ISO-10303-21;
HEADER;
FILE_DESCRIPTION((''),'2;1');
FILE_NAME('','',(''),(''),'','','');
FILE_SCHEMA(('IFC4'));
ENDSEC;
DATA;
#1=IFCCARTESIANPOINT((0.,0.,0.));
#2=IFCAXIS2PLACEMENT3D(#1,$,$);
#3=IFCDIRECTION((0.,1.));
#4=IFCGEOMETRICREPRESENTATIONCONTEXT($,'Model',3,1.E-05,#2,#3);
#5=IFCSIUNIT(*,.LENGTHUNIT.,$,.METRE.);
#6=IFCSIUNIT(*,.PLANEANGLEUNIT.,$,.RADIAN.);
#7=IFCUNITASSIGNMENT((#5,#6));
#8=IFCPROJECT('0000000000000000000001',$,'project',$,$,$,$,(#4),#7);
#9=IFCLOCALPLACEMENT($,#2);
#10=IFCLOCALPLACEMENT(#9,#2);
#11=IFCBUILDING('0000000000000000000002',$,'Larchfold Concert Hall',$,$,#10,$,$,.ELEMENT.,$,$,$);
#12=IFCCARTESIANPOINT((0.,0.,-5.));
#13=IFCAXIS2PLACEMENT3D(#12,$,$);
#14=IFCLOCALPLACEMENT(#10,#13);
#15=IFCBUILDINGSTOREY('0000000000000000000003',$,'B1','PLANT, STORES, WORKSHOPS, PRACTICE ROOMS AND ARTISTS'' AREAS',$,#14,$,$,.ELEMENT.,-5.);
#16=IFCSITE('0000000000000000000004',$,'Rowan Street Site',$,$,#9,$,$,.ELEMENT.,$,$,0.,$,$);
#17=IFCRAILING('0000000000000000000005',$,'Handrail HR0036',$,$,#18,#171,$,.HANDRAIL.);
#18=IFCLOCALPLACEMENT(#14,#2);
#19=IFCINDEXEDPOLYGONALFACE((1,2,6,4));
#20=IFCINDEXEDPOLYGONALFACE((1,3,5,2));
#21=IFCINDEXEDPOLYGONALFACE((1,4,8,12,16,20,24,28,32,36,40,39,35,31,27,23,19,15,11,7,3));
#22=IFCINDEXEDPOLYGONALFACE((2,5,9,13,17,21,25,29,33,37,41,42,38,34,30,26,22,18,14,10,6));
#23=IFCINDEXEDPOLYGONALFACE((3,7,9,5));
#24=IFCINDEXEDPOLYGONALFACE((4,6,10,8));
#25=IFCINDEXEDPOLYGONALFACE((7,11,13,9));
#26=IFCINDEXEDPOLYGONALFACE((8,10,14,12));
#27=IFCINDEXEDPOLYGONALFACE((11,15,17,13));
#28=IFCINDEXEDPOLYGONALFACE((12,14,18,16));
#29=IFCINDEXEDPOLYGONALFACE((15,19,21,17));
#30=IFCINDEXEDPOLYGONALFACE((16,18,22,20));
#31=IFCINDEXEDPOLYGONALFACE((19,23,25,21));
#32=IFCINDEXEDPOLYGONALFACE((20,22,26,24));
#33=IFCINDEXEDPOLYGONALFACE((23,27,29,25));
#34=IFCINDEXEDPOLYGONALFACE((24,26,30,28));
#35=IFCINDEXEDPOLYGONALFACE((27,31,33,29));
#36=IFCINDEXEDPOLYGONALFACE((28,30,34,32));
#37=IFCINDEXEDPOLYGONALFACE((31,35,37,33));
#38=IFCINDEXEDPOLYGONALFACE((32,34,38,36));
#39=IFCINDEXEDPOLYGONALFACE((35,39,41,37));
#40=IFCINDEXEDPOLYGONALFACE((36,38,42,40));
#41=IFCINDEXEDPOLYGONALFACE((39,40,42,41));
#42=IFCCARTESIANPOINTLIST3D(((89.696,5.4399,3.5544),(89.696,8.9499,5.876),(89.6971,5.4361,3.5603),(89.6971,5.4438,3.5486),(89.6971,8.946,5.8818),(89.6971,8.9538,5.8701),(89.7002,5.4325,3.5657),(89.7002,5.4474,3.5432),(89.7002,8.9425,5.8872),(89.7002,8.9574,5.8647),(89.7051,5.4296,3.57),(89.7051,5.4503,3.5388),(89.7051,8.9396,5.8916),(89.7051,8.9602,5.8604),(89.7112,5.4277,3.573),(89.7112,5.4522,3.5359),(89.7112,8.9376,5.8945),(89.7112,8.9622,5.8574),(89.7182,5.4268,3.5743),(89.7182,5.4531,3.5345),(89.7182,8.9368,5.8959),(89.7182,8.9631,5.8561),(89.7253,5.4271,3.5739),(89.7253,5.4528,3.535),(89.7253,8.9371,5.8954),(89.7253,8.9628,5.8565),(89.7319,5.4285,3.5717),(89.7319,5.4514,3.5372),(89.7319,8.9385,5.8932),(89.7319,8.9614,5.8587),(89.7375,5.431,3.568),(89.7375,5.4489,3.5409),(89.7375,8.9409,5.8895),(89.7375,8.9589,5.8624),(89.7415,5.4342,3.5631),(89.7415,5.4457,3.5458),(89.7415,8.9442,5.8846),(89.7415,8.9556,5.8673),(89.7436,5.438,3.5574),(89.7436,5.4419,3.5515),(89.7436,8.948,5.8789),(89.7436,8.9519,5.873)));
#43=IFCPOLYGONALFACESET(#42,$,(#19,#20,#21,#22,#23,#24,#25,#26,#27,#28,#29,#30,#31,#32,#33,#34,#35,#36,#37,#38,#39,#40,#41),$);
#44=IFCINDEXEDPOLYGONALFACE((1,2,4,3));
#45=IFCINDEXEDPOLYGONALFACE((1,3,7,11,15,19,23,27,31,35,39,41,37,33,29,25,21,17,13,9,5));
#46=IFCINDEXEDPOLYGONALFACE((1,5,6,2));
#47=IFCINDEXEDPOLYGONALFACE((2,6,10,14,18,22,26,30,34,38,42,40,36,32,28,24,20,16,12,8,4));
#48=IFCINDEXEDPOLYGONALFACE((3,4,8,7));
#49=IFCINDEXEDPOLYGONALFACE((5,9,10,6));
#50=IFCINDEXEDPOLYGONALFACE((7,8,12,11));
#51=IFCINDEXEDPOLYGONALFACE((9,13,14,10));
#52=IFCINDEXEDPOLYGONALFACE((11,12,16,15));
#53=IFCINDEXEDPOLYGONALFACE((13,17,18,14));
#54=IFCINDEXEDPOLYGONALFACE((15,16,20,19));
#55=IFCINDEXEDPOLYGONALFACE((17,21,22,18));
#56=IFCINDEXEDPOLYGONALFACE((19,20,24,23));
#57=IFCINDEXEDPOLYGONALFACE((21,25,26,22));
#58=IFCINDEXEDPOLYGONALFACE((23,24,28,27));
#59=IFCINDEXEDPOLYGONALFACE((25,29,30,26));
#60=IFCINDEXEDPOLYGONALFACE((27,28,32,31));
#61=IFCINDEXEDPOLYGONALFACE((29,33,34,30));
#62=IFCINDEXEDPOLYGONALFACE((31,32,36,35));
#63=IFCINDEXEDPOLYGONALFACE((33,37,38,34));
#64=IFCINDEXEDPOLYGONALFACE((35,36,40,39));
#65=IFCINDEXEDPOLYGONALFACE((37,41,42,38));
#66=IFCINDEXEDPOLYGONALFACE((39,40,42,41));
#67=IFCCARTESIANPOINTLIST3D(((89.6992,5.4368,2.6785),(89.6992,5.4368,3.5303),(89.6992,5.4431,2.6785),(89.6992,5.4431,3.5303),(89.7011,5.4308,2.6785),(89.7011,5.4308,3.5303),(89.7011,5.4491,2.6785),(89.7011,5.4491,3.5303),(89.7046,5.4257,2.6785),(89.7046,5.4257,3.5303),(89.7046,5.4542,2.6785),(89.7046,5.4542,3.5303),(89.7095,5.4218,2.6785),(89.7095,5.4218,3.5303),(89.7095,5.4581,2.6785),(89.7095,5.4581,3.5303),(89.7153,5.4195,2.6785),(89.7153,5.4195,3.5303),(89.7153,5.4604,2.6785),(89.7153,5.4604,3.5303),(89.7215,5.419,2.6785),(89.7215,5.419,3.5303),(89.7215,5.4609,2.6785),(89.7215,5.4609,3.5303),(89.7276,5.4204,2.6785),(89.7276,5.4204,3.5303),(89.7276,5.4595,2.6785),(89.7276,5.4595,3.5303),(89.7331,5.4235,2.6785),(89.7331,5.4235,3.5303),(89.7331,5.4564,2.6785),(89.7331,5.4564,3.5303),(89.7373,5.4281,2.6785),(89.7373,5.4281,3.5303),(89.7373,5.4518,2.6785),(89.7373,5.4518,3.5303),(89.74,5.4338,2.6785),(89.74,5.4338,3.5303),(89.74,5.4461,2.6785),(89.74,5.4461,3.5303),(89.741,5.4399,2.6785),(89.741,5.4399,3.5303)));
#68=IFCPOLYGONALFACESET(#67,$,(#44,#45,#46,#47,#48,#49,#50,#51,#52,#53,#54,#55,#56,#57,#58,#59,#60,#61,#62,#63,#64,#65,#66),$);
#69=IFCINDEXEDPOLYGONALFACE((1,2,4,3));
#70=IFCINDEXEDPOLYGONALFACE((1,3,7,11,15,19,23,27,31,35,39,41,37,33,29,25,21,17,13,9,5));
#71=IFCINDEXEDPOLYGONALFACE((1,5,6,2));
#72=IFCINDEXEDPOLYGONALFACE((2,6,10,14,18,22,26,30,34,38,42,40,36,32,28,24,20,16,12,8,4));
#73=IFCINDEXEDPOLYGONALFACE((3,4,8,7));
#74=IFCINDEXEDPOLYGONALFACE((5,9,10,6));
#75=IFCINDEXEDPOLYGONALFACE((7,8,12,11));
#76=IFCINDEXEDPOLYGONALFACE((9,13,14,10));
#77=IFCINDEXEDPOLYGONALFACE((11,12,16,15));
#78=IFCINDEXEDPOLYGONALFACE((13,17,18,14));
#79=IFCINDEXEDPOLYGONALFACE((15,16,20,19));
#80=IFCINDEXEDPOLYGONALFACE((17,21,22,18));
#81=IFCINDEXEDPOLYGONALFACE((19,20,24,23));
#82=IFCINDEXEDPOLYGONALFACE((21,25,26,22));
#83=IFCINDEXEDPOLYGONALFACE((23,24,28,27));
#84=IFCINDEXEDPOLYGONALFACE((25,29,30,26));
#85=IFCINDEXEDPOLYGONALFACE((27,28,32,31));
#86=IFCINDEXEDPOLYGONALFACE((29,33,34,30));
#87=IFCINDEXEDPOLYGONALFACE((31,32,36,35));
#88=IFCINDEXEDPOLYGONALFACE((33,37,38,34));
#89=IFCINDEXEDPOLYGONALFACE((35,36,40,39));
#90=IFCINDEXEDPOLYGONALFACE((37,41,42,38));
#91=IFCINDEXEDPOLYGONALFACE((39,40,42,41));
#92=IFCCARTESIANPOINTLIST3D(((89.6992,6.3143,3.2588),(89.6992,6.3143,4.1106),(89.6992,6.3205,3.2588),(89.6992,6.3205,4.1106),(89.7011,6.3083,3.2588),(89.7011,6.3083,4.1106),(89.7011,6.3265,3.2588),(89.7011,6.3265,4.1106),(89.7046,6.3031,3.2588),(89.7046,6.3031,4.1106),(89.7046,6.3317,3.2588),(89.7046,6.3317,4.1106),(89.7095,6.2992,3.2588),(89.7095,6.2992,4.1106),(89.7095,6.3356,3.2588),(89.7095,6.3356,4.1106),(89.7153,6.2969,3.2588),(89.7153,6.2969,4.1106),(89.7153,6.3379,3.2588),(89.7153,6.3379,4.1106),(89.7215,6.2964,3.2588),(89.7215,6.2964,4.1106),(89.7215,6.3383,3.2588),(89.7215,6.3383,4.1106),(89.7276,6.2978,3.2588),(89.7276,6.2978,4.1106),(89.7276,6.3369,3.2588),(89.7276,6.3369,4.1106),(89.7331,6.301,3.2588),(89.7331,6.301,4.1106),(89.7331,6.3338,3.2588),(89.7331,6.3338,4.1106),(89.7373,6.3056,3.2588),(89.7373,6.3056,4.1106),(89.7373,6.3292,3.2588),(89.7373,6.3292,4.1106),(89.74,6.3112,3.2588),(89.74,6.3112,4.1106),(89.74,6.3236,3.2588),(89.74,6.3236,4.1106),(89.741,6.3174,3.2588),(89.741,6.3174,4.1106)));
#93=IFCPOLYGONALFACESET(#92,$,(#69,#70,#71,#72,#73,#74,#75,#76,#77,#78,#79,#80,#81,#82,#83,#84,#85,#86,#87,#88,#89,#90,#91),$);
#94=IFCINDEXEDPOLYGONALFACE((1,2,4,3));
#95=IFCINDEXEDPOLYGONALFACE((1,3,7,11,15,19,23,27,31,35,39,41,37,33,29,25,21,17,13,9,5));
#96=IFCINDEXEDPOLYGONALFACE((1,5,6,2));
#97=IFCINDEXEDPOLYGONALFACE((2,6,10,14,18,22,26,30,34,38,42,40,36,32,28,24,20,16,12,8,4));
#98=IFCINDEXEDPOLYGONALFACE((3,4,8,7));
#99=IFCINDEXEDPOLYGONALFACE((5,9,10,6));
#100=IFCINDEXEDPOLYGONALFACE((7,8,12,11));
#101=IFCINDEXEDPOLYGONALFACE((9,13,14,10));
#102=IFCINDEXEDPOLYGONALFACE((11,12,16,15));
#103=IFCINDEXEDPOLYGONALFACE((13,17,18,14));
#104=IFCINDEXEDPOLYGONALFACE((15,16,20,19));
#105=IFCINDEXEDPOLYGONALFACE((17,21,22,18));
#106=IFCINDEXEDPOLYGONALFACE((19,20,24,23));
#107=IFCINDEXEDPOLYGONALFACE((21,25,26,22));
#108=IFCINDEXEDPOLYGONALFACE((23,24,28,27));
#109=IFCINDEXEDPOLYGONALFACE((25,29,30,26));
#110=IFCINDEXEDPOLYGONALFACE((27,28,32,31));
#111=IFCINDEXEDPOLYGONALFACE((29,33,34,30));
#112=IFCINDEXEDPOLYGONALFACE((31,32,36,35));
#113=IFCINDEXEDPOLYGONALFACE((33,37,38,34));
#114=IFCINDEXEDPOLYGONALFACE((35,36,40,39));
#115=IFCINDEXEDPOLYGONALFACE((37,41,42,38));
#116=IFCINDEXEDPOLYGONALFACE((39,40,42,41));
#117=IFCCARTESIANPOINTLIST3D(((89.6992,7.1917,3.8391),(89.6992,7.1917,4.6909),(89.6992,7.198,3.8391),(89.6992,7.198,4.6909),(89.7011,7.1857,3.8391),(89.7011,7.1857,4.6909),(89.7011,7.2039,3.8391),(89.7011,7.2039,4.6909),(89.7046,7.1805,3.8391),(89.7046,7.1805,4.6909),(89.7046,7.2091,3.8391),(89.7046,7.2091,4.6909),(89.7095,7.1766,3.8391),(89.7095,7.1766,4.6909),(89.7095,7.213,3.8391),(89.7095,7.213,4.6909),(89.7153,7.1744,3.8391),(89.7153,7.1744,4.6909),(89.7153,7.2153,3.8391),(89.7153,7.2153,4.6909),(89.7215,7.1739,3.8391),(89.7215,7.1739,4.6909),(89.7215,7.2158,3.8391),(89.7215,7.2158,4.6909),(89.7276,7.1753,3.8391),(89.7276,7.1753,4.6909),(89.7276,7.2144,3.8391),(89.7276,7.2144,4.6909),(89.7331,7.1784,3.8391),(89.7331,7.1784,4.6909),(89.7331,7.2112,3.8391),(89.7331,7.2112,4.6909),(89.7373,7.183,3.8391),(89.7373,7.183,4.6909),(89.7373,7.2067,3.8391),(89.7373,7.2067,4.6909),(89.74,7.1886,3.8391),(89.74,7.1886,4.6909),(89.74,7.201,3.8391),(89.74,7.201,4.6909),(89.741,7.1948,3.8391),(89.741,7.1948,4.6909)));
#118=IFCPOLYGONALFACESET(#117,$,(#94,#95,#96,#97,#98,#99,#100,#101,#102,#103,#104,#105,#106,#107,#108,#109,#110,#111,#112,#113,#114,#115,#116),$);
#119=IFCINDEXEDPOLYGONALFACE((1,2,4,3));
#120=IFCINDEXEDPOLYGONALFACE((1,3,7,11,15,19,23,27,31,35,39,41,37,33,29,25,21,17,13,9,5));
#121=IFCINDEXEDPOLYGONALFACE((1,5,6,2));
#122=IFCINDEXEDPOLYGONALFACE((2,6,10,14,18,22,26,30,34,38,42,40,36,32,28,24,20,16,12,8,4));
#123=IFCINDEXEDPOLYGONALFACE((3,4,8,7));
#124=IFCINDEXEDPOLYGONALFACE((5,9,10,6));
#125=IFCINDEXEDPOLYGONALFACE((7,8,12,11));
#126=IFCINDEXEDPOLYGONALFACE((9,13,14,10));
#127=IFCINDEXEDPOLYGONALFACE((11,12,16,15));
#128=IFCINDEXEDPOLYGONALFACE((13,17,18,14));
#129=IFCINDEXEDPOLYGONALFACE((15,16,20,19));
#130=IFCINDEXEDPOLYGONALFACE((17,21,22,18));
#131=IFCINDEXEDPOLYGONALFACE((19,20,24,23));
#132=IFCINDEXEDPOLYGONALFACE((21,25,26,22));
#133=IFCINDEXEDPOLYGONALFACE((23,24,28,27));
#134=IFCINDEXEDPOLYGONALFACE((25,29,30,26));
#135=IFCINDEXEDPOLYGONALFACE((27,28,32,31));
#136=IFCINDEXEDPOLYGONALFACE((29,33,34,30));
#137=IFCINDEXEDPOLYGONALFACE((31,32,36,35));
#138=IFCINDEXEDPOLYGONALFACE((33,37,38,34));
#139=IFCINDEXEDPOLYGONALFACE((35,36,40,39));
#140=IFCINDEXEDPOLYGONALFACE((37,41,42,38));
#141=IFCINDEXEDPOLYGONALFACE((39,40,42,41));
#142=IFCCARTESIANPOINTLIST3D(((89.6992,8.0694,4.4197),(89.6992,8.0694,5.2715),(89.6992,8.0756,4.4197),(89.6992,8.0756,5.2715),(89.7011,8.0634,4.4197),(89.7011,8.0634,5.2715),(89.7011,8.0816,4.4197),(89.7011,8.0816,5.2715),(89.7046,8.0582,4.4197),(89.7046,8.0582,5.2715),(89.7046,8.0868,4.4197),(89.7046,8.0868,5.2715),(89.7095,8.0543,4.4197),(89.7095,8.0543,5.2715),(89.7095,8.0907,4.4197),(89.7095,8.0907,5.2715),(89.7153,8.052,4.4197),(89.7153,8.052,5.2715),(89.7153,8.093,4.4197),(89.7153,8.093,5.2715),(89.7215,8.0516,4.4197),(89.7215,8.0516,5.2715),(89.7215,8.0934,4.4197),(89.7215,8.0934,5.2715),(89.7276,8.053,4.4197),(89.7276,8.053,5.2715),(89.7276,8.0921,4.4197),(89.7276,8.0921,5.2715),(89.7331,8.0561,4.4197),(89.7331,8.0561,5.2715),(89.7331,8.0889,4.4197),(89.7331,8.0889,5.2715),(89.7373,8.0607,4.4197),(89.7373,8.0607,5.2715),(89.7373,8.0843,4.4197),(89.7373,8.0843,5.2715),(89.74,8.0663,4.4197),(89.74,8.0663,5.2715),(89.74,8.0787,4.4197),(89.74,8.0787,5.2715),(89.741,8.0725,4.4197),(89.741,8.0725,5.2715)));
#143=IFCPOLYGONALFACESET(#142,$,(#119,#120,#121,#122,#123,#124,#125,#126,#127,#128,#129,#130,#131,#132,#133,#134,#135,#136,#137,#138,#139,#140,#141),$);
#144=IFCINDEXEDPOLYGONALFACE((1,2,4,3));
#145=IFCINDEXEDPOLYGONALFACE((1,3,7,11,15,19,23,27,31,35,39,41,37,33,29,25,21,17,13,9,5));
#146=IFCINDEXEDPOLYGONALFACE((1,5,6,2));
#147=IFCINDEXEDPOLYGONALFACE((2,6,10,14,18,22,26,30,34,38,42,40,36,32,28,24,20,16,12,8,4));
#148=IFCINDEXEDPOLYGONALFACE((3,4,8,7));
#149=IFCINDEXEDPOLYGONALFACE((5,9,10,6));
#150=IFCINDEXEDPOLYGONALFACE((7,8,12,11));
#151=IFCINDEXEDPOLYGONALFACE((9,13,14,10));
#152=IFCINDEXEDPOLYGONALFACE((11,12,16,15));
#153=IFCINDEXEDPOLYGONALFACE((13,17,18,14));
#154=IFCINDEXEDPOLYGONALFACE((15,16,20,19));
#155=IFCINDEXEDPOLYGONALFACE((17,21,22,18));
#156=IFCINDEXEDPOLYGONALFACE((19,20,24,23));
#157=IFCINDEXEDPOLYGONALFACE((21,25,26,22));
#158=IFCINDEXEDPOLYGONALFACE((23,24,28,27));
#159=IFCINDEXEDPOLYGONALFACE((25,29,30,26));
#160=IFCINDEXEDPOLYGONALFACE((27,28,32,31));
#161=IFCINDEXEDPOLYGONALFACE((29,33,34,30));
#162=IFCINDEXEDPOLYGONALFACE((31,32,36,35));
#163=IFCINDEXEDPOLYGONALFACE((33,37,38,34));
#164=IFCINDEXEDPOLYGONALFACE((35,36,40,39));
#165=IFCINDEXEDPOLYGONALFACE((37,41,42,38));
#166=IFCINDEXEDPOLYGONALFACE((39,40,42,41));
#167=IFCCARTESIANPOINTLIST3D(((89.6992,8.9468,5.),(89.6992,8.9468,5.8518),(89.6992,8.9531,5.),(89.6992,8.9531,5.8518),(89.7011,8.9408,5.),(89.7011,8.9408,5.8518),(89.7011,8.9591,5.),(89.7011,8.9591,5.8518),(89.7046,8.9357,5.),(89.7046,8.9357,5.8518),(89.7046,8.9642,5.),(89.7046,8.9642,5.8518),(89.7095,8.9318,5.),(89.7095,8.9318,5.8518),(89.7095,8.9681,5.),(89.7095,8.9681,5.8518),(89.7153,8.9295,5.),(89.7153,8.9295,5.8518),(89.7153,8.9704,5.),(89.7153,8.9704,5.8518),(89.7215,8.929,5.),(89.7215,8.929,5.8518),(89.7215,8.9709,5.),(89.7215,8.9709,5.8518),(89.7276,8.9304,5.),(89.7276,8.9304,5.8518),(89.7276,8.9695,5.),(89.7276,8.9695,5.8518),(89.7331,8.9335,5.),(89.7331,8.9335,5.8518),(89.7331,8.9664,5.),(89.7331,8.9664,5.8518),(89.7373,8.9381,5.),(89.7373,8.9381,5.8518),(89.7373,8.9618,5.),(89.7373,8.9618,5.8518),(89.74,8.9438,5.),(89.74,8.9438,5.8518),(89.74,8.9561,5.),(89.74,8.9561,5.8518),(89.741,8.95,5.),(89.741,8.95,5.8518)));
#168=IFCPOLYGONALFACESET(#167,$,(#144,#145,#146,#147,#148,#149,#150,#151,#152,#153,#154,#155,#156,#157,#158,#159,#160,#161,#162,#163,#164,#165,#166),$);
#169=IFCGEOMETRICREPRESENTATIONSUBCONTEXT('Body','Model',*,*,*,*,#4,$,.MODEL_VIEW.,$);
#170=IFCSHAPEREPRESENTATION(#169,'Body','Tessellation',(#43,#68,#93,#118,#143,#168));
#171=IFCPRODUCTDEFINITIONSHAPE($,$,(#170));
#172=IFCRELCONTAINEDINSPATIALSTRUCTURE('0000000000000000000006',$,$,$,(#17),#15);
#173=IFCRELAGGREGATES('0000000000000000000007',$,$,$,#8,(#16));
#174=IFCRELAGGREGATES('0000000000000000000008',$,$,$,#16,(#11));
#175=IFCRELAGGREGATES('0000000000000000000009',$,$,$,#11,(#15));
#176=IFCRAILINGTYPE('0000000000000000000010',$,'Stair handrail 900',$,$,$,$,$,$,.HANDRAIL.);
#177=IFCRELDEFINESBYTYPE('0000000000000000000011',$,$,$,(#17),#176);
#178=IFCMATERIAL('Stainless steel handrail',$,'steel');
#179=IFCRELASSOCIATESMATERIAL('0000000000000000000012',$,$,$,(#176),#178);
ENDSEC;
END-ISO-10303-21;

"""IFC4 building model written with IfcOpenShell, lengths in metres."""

from ifc_helpers import new_model, si_unit, direction, frame, origin, origin_2d, place, context, subcontext, project, spatial, circle, extrude, material, type_object, element, save


model = new_model("IFC4")

# Units and contexts
model_context = context("Model", 3, precision=1e-05, world=origin(), true_north=direction((0.0, 1.0)))
body_context = subcontext(model_context, "Body", "Model", "MODEL_VIEW")
ifc_project = project(units=[si_unit("LENGTHUNIT", "METRE"), si_unit("PLANEANGLEUNIT", "RADIAN")], contexts=[model_context])

# Site, building, storey
site_placement = place(None, origin())
site = spatial("IfcSite", under=ifc_project, at=site_placement, Name="Rowan Street Site", CompositionType="ELEMENT", RefElevation=0.0)
building_placement = place(site_placement, origin())
building = spatial("IfcBuilding", under=site, at=building_placement, Name="Larchfold Concert Hall", CompositionType="ELEMENT")
storey_placement = place(building_placement, frame((0.0, 0.0, -5.0)))
storey = spatial("IfcBuildingStorey", under=building, at=storey_placement, Name="B1", Description="PLANT, STORES, WORKSHOPS, PRACTICE ROOMS AND ARTISTS' AREAS", CompositionType="ELEMENT", Elevation=-5.0)

# Railing
ifc_material_1 = material(Name="Stainless steel handrail", Category="steel")
railing_type_1 = type_object("IfcRailingType", Name="Stair handrail 900", PredefinedType="HANDRAIL", material=ifc_material_1)
railing_1_placement = place(storey_placement, frame((89.72, 5.4399, 2.6785)))
element("IfcRailing", 1, at=railing_1_placement, inside=storey, type_object=railing_type_1, Name="Handrail HR0036", PredefinedType="HANDRAIL", context=body_context, shape_type="SweptSolid", body=[
    extrude(circle(Radius=0.0239, at=origin_2d()), frame((0.0, 0.0, 0.876), z_axis=(0.0, 0.834071, 0.551657), x_axis=(-1.0, 0.0, 0.0)), (0.0, 0.0, 1.0), 4.2083),
    extrude(circle(Radius=0.021, at=origin_2d()), origin(), (0.0, 0.0, 1.0), 0.8518),
    extrude(circle(Radius=0.021, at=origin_2d()), frame((0.0, 0.8774, 0.5803)), (0.0, 0.0, 1.0), 0.8518),
    extrude(circle(Radius=0.021, at=origin_2d()), frame((0.0, 1.7549, 1.1606)), (0.0, 0.0, 1.0), 0.8518),
    extrude(circle(Radius=0.021, at=origin_2d()), frame((0.0, 2.6326, 1.7412)), (0.0, 0.0, 1.0), 0.8518),
    extrude(circle(Radius=0.021, at=origin_2d()), frame((0.0, 3.51, 2.3215)), (0.0, 0.0, 1.0), 0.8518),
])

save(model, "model.ifc")
